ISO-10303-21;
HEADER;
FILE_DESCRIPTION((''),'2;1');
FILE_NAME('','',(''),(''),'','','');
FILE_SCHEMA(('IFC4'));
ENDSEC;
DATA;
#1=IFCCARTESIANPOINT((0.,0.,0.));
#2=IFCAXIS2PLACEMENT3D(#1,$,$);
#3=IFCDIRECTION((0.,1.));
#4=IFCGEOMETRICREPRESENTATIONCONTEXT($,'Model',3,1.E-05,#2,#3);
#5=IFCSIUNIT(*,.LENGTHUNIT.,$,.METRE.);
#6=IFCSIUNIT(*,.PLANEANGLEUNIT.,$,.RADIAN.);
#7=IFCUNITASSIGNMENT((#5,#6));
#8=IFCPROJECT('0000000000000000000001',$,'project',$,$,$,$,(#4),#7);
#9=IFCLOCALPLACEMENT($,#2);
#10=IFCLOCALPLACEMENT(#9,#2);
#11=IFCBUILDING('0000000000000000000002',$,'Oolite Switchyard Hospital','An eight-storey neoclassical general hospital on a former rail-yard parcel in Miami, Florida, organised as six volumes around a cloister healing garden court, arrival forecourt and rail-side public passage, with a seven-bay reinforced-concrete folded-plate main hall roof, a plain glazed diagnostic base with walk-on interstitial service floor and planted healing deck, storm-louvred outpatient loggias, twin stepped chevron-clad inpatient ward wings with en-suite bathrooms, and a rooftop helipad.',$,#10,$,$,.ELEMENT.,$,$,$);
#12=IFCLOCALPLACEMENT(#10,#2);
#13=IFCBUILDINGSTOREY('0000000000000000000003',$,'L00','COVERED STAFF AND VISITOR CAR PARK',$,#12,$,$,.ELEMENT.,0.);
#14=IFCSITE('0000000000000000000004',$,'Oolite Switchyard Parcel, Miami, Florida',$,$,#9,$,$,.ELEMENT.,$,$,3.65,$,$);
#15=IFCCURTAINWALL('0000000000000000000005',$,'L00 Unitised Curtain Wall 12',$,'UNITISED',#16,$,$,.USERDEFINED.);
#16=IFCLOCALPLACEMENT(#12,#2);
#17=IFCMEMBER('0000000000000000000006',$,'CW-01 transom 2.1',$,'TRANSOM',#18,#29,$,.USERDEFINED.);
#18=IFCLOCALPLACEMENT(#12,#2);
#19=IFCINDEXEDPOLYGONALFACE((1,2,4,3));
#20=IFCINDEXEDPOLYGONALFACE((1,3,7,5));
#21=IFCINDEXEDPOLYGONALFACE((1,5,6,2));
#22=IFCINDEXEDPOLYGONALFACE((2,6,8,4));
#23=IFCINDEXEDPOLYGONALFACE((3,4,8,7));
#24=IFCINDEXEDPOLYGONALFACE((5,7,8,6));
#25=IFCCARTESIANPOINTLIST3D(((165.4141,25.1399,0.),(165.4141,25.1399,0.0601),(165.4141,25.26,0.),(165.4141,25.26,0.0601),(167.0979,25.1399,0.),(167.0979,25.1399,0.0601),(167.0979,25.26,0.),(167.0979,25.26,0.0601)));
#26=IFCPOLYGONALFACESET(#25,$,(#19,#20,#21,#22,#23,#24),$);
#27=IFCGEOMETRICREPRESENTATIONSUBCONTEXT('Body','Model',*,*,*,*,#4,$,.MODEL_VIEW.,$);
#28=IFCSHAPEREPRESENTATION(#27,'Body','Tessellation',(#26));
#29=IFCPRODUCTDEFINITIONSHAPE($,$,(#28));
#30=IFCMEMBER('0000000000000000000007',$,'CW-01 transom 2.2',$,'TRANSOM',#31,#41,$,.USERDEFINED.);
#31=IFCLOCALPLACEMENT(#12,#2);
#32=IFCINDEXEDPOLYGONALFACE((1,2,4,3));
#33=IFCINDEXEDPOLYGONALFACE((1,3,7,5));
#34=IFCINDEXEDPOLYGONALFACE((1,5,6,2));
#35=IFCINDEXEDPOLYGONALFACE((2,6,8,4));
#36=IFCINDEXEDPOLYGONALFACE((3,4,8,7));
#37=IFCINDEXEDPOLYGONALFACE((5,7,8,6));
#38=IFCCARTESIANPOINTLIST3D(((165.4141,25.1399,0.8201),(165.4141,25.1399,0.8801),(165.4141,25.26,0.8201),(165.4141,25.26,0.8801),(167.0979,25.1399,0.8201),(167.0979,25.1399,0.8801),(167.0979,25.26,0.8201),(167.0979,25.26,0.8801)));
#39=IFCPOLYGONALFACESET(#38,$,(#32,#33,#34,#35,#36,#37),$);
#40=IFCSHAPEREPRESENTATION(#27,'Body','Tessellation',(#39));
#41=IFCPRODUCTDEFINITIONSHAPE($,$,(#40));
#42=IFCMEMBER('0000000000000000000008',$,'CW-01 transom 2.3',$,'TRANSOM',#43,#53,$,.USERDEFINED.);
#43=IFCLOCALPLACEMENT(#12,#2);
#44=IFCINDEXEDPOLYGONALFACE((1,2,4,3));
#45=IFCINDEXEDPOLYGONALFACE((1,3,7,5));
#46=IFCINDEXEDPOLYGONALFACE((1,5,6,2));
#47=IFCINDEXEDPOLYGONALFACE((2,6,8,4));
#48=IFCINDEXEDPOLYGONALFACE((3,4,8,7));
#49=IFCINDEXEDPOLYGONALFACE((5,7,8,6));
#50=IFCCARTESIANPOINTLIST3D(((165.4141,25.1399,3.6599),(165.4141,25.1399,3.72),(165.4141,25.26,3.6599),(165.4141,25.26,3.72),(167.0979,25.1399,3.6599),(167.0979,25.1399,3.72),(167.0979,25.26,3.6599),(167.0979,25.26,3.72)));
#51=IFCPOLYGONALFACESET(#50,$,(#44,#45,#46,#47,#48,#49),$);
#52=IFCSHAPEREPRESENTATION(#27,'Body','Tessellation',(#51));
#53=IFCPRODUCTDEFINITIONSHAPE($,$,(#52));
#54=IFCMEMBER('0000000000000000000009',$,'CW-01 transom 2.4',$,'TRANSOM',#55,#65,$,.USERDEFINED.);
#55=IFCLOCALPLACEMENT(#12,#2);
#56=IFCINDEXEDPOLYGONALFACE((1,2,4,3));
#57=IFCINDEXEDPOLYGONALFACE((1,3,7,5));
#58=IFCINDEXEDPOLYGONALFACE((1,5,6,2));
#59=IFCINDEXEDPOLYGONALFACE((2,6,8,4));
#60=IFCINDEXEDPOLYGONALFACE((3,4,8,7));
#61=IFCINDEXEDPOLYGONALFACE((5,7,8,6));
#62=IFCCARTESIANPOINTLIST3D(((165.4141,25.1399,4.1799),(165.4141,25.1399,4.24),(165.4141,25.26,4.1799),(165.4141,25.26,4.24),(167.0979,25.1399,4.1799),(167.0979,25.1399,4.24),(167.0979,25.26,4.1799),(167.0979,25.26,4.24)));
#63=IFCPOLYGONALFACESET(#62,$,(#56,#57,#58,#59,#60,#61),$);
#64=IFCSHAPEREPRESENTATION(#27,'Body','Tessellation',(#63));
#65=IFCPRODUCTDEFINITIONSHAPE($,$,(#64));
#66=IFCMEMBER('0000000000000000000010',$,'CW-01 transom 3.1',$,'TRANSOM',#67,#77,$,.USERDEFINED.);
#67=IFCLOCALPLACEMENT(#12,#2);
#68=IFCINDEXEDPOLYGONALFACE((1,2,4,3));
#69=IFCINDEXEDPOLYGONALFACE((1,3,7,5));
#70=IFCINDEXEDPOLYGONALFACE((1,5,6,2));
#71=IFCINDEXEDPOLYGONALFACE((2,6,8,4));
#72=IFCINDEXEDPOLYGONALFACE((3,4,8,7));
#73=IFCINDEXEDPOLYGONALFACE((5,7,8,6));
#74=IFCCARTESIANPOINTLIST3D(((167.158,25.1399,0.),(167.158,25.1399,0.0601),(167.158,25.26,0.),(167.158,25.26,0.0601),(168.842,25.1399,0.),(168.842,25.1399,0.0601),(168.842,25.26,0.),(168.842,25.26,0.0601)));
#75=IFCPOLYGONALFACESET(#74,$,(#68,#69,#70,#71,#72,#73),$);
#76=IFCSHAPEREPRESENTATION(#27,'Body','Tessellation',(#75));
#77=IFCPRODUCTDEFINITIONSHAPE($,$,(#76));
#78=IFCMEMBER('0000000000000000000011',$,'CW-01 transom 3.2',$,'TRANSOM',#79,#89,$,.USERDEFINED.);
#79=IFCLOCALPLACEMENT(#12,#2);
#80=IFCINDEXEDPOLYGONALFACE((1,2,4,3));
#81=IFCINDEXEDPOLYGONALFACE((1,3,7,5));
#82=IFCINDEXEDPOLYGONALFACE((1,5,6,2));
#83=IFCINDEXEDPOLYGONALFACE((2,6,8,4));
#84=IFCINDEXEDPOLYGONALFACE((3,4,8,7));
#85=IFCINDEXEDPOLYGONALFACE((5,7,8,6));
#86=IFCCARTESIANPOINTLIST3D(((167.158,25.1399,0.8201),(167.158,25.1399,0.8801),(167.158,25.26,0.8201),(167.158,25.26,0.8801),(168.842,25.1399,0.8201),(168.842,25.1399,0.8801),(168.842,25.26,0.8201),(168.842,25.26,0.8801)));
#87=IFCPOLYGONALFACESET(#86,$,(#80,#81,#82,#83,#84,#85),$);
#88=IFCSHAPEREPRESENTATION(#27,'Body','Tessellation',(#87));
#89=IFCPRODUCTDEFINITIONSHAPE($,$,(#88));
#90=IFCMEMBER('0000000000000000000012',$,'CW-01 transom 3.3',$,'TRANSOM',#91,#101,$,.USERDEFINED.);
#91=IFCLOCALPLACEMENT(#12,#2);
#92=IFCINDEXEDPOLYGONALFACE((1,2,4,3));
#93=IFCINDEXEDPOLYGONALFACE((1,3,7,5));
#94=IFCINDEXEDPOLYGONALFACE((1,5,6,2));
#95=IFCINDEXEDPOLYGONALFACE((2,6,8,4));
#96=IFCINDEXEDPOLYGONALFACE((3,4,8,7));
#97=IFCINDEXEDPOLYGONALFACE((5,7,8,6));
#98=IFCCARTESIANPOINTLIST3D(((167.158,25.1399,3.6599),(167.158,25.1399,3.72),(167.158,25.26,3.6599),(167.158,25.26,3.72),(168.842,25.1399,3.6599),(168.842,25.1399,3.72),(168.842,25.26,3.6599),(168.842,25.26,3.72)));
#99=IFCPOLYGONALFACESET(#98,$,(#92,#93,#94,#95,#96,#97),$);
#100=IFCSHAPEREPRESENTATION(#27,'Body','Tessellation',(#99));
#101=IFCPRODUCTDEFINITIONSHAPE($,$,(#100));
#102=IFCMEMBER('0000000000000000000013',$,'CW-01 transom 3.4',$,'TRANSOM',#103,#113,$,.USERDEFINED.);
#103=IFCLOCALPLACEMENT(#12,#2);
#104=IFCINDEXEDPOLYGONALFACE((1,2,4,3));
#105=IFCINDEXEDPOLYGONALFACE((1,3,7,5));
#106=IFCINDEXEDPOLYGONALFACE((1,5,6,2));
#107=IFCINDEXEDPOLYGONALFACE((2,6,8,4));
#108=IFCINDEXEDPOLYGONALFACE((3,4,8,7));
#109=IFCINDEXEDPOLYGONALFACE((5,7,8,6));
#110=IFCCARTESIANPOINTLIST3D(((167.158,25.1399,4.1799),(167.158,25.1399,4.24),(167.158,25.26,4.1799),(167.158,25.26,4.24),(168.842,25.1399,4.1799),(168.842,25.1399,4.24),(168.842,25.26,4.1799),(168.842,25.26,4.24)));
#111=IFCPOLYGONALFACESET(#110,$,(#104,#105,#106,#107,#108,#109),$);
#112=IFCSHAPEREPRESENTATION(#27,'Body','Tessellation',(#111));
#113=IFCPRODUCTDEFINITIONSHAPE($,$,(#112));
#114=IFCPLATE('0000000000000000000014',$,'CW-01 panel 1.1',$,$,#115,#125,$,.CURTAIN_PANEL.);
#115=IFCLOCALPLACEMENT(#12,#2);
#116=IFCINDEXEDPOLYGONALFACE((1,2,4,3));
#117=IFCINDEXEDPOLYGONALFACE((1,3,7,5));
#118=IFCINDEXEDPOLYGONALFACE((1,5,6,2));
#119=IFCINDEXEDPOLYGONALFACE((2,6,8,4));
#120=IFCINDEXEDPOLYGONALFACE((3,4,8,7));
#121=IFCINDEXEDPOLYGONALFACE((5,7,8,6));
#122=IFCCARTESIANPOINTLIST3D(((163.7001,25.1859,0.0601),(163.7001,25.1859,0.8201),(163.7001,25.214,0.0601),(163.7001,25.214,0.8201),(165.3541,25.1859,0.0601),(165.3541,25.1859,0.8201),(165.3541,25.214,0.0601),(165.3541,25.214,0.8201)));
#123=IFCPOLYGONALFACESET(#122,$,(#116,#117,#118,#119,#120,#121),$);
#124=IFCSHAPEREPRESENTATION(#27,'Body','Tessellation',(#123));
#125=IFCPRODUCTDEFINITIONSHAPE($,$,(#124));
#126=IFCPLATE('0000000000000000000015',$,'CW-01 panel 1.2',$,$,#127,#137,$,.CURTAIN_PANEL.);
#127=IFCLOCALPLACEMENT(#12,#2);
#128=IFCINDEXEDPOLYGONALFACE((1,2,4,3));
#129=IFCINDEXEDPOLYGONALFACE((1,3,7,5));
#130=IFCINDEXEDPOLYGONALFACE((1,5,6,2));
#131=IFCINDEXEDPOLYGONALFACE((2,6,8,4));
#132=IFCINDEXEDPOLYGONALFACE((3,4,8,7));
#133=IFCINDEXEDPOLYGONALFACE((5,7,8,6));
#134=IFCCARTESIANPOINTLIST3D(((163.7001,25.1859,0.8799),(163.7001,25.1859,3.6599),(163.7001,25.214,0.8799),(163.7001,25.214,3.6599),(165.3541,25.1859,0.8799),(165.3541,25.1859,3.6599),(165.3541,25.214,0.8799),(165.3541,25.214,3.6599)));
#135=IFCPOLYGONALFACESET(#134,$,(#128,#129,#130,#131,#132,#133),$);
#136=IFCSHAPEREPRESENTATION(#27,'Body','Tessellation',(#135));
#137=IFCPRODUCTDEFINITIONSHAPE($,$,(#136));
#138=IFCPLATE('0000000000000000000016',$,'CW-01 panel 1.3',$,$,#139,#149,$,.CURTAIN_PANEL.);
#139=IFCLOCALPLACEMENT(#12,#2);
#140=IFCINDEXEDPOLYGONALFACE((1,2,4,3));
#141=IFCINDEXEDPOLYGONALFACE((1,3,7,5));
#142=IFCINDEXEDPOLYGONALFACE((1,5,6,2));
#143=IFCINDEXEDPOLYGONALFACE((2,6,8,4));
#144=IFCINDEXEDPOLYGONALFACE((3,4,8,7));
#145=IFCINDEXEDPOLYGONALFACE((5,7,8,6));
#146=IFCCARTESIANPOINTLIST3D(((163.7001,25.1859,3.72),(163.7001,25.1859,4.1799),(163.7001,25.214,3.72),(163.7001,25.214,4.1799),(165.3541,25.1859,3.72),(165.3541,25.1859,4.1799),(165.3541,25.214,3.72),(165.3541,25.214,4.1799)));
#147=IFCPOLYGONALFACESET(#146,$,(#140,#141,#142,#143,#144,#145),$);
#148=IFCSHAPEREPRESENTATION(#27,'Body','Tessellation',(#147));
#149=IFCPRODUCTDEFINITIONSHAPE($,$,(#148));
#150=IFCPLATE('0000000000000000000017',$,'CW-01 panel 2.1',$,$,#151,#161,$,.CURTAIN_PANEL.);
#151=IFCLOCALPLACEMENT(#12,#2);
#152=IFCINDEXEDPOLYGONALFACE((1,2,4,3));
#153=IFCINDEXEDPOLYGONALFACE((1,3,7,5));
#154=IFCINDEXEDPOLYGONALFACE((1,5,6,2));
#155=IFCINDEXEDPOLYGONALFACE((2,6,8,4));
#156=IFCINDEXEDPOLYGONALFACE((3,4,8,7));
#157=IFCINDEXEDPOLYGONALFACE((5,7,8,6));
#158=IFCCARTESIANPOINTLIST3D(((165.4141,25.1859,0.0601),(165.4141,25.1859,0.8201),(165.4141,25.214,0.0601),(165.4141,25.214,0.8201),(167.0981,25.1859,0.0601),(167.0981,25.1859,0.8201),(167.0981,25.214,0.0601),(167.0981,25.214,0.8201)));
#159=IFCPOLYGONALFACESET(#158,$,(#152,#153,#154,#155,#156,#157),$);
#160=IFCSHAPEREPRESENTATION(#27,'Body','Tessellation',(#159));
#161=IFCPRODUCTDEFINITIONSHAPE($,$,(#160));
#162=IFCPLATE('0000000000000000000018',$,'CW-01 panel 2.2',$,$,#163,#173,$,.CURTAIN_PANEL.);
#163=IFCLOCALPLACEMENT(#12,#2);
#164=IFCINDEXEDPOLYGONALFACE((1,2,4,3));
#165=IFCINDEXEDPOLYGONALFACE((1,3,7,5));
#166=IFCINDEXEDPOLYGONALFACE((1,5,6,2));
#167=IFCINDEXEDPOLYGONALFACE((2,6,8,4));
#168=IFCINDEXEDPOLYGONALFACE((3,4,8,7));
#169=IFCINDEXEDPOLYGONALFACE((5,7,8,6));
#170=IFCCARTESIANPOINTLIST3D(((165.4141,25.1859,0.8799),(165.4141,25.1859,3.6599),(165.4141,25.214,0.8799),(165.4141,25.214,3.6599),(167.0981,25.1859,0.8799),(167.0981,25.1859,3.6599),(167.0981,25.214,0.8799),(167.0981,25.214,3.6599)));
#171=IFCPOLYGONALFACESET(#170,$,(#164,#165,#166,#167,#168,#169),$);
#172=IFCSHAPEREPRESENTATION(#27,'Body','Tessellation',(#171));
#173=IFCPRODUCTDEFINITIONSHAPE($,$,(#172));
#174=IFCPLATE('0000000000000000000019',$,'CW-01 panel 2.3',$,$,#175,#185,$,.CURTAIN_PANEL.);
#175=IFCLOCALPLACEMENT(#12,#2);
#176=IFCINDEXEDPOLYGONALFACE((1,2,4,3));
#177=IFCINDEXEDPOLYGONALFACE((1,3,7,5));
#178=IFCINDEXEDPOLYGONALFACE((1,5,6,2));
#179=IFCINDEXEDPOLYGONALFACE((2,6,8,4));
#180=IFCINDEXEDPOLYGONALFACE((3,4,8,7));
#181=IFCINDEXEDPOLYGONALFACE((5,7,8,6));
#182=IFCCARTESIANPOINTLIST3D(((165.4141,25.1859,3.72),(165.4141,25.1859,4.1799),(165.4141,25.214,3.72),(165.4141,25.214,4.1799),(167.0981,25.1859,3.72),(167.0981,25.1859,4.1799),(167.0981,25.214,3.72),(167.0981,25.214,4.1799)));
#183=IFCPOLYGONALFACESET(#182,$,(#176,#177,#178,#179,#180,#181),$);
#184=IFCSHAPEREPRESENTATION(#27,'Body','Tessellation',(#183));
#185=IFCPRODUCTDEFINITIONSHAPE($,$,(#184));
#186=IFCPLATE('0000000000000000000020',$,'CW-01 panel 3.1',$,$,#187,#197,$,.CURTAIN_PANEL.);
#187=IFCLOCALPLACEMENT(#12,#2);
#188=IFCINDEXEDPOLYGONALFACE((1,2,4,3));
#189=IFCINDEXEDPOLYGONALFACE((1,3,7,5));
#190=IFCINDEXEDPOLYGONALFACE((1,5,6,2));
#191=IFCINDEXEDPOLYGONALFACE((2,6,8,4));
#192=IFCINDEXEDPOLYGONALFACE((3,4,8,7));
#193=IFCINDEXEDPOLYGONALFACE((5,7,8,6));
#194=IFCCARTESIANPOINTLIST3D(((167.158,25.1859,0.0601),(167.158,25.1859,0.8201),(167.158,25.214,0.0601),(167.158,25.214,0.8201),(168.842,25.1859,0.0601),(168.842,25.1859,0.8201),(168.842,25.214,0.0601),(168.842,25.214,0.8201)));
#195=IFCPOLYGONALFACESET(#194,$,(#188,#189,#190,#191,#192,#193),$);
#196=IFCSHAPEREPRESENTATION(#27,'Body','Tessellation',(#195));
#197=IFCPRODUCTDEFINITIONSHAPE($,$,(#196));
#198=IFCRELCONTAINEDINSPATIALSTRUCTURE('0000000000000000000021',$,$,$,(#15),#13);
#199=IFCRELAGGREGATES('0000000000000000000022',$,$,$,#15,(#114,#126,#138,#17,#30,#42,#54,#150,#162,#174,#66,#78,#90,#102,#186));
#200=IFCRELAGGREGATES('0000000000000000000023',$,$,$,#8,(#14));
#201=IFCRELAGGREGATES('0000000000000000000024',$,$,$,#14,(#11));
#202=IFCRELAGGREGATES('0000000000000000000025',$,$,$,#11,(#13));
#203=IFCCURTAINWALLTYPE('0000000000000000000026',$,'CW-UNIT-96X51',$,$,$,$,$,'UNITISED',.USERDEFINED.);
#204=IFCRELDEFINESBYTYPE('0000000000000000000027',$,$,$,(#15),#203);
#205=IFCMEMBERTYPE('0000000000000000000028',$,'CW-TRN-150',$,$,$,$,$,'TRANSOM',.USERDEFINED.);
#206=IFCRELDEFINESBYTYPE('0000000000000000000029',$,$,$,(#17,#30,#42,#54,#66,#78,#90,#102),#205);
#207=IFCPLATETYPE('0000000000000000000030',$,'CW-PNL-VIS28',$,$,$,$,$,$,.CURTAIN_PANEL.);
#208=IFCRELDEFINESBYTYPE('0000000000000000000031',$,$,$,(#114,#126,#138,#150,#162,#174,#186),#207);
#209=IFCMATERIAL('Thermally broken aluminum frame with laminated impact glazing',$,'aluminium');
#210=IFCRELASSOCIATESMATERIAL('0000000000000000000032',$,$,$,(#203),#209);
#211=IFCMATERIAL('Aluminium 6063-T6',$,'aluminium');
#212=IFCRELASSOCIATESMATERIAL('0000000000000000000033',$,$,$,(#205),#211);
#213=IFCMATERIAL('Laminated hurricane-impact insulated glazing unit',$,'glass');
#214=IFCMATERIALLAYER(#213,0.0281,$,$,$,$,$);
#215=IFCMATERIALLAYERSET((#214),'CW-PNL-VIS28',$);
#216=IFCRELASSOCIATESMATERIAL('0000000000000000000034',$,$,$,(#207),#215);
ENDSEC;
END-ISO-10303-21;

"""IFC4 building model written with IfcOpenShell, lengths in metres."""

from ifc_helpers import new_model, si_unit, direction, frame, origin, origin_2d, place, context, subcontext, project, spatial, rectangle, extrude, material, layer, layer_set, material_profile, profile_set, type_object, element, aggregate, save


model = new_model("IFC4")

# Units and contexts
model_context = context("Model", 3, precision=1e-05, world=origin(), true_north=direction((0.0, 1.0)))
body_context = subcontext(model_context, "Body", "Model", "MODEL_VIEW")
ifc_project = project(units=[si_unit("LENGTHUNIT", "METRE"), si_unit("PLANEANGLEUNIT", "RADIAN")], contexts=[model_context])

# Site, building, storey
site_placement = place(None, origin())
site = spatial("IfcSite", under=ifc_project, at=site_placement, Name="Oolite Switchyard Parcel, Miami, Florida", CompositionType="ELEMENT", RefElevation=3.65)
building_placement = place(site_placement, origin())
building = spatial("IfcBuilding", under=site, at=building_placement, Name="Oolite Switchyard Hospital", Description="An eight-storey neoclassical general hospital on a former rail-yard parcel in Miami, Florida, organised as six volumes around a cloister healing garden court, arrival forecourt and rail-side public passage, with a seven-bay reinforced-concrete folded-plate main hall roof, a plain glazed diagnostic base with walk-on interstitial service floor and planted healing deck, storm-louvred outpatient loggias, twin stepped chevron-clad inpatient ward wings with en-suite bathrooms, and a rooftop helipad.", CompositionType="ELEMENT")
storey_placement = place(building_placement, origin())
storey = spatial("IfcBuildingStorey", under=building, at=storey_placement, Name="L00", Description="COVERED STAFF AND VISITOR CAR PARK", CompositionType="ELEMENT", Elevation=0.0)

# Curtain wall, members, plates
ifc_material_1 = material(Name="Thermally broken aluminum frame with laminated impact glazing", Category="aluminium")
curtain_wall_type = type_object("IfcCurtainWallType", Name="CW-UNIT-96X51", ElementType="UNITISED", PredefinedType="USERDEFINED", material=ifc_material_1)
curtain_wall_placement = place(storey_placement, origin())
curtain_wall = element("IfcCurtainWall", 1, at=curtain_wall_placement, inside=storey, type_object=curtain_wall_type, Name="L00 Unitised Curtain Wall 12", ObjectType="UNITISED", PredefinedType="USERDEFINED")
ifc_material_2 = material(Name="Aluminium 6063-T6", Category="aluminium")
ifc_material_profile_1 = material_profile(ifc_material_2, rectangle(XDim=0.1201, YDim=0.0601, at=origin_2d()), Name="CWT60X120")
ifc_profile_set_1 = profile_set([ifc_material_profile_1], Name="Aluminium 6063-T6")
member_type_1 = type_object("IfcMemberType", Name="CW-TRN-150", ElementType="TRANSOM", PredefinedType="USERDEFINED", material=ifc_profile_set_1)
member_1_placement = place(storey_placement, frame((165.4141, 25.2, 0.03), z_axis=(1.0, 0.0, 0.0), x_axis=(0.0, 1.0, 0.0)))
member_1 = element("IfcMember", 2, at=member_1_placement, type_object=member_type_1, Name="CW-01 transom 2.1", ObjectType="TRANSOM", PredefinedType="USERDEFINED", context=body_context, shape_type="SweptSolid", body=[
    extrude(rectangle(XDim=0.1201, YDim=0.0601, at=origin_2d()), origin(), (0.0, 0.0, 1.0), 1.6838),
])
member_2_placement = place(storey_placement, frame((165.4141, 25.2, 0.8501), z_axis=(1.0, 0.0, 0.0), x_axis=(0.0, 1.0, 0.0)))
member_2 = element("IfcMember", 3, at=member_2_placement, type_object=member_type_1, Name="CW-01 transom 2.2", ObjectType="TRANSOM", PredefinedType="USERDEFINED", context=body_context, shape_type="SweptSolid", body=[
    extrude(rectangle(XDim=0.1201, YDim=0.0601, at=origin_2d()), origin(), (0.0, 0.0, 1.0), 1.6838),
])
member_3_placement = place(storey_placement, frame((165.4141, 25.2, 3.6899), z_axis=(1.0, 0.0, 0.0), x_axis=(0.0, 1.0, 0.0)))
member_3 = element("IfcMember", 4, at=member_3_placement, type_object=member_type_1, Name="CW-01 transom 2.3", ObjectType="TRANSOM", PredefinedType="USERDEFINED", context=body_context, shape_type="SweptSolid", body=[
    extrude(rectangle(XDim=0.1201, YDim=0.0601, at=origin_2d()), origin(), (0.0, 0.0, 1.0), 1.6838),
])
member_4_placement = place(storey_placement, frame((165.4141, 25.2, 4.21), z_axis=(1.0, 0.0, 0.0), x_axis=(0.0, 1.0, 0.0)))
member_4 = element("IfcMember", 5, at=member_4_placement, type_object=member_type_1, Name="CW-01 transom 2.4", ObjectType="TRANSOM", PredefinedType="USERDEFINED", context=body_context, shape_type="SweptSolid", body=[
    extrude(rectangle(XDim=0.1201, YDim=0.0601, at=origin_2d()), origin(), (0.0, 0.0, 1.0), 1.6838),
])
member_5_placement = place(storey_placement, frame((167.158, 25.2, 0.03), z_axis=(1.0, 0.0, 0.0), x_axis=(0.0, 1.0, 0.0)))
member_5 = element("IfcMember", 6, at=member_5_placement, type_object=member_type_1, Name="CW-01 transom 3.1", ObjectType="TRANSOM", PredefinedType="USERDEFINED", context=body_context, shape_type="SweptSolid", body=[
    extrude(rectangle(XDim=0.1201, YDim=0.0601, at=origin_2d()), origin(), (0.0, 0.0, 1.0), 1.6841),
])
member_6_placement = place(storey_placement, frame((167.158, 25.2, 0.8501), z_axis=(1.0, 0.0, 0.0), x_axis=(0.0, 1.0, 0.0)))
member_6 = element("IfcMember", 7, at=member_6_placement, type_object=member_type_1, Name="CW-01 transom 3.2", ObjectType="TRANSOM", PredefinedType="USERDEFINED", context=body_context, shape_type="SweptSolid", body=[
    extrude(rectangle(XDim=0.1201, YDim=0.0601, at=origin_2d()), origin(), (0.0, 0.0, 1.0), 1.6841),
])
member_7_placement = place(storey_placement, frame((167.158, 25.2, 3.6899), z_axis=(1.0, 0.0, 0.0), x_axis=(0.0, 1.0, 0.0)))
member_7 = element("IfcMember", 8, at=member_7_placement, type_object=member_type_1, Name="CW-01 transom 3.3", ObjectType="TRANSOM", PredefinedType="USERDEFINED", context=body_context, shape_type="SweptSolid", body=[
    extrude(rectangle(XDim=0.1201, YDim=0.0601, at=origin_2d()), origin(), (0.0, 0.0, 1.0), 1.6841),
])
member_8_placement = place(storey_placement, frame((167.158, 25.2, 4.21), z_axis=(1.0, 0.0, 0.0), x_axis=(0.0, 1.0, 0.0)))
member_8 = element("IfcMember", 9, at=member_8_placement, type_object=member_type_1, Name="CW-01 transom 3.4", ObjectType="TRANSOM", PredefinedType="USERDEFINED", context=body_context, shape_type="SweptSolid", body=[
    extrude(rectangle(XDim=0.1201, YDim=0.0601, at=origin_2d()), origin(), (0.0, 0.0, 1.0), 1.6841),
])
ifc_material_3 = material(Name="Laminated hurricane-impact insulated glazing unit", Category="glass")
ifc_layer = layer(ifc_material_3, 0.0281)
ifc_layer_set = layer_set([ifc_layer], Name="CW-PNL-VIS28")
plate_type = type_object("IfcPlateType", Name="CW-PNL-VIS28", PredefinedType="CURTAIN_PANEL", material=ifc_layer_set)
plate_1_placement = place(storey_placement, frame((164.5271, 25.2, 0.0601), z_axis=(0.0, 0.0, 1.0), x_axis=(1.0, 0.0, 0.0)))
plate_1 = element("IfcPlate", 10, at=plate_1_placement, type_object=plate_type, Name="CW-01 panel 1.1", PredefinedType="CURTAIN_PANEL", context=body_context, shape_type="SweptSolid", body=[
    extrude(rectangle(XDim=1.6541, YDim=0.0281, at=origin_2d()), origin(), (0.0, 0.0, 1.0), 0.76),
])
plate_2_placement = place(storey_placement, frame((164.5271, 25.2, 0.8799), z_axis=(0.0, 0.0, 1.0), x_axis=(1.0, 0.0, 0.0)))
plate_2 = element("IfcPlate", 11, at=plate_2_placement, type_object=plate_type, Name="CW-01 panel 1.2", PredefinedType="CURTAIN_PANEL", context=body_context, shape_type="SweptSolid", body=[
    extrude(rectangle(XDim=1.6541, YDim=0.0281, at=origin_2d()), origin(), (0.0, 0.0, 1.0), 2.78),
])
plate_3_placement = place(storey_placement, frame((164.5271, 25.2, 3.72), z_axis=(0.0, 0.0, 1.0), x_axis=(1.0, 0.0, 0.0)))
plate_3 = element("IfcPlate", 12, at=plate_3_placement, type_object=plate_type, Name="CW-01 panel 1.3", PredefinedType="CURTAIN_PANEL", context=body_context, shape_type="SweptSolid", body=[
    extrude(rectangle(XDim=1.6541, YDim=0.0281, at=origin_2d()), origin(), (0.0, 0.0, 1.0), 0.46),
])
plate_4_placement = place(storey_placement, frame((166.2561, 25.2, 0.0601), z_axis=(0.0, 0.0, 1.0), x_axis=(1.0, 0.0, 0.0)))
plate_4 = element("IfcPlate", 13, at=plate_4_placement, type_object=plate_type, Name="CW-01 panel 2.1", PredefinedType="CURTAIN_PANEL", context=body_context, shape_type="SweptSolid", body=[
    extrude(rectangle(XDim=1.6841, YDim=0.0281, at=origin_2d()), origin(), (0.0, 0.0, 1.0), 0.76),
])
plate_5_placement = place(storey_placement, frame((166.2561, 25.2, 0.8799), z_axis=(0.0, 0.0, 1.0), x_axis=(1.0, 0.0, 0.0)))
plate_5 = element("IfcPlate", 14, at=plate_5_placement, type_object=plate_type, Name="CW-01 panel 2.2", PredefinedType="CURTAIN_PANEL", context=body_context, shape_type="SweptSolid", body=[
    extrude(rectangle(XDim=1.6841, YDim=0.0281, at=origin_2d()), origin(), (0.0, 0.0, 1.0), 2.78),
])
plate_6_placement = place(storey_placement, frame((166.2561, 25.2, 3.72), z_axis=(0.0, 0.0, 1.0), x_axis=(1.0, 0.0, 0.0)))
plate_6 = element("IfcPlate", 15, at=plate_6_placement, type_object=plate_type, Name="CW-01 panel 2.3", PredefinedType="CURTAIN_PANEL", context=body_context, shape_type="SweptSolid", body=[
    extrude(rectangle(XDim=1.6841, YDim=0.0281, at=origin_2d()), origin(), (0.0, 0.0, 1.0), 0.46),
])
plate_7_placement = place(storey_placement, frame((168.0, 25.2, 0.0601), z_axis=(0.0, 0.0, 1.0), x_axis=(1.0, 0.0, 0.0)))
plate_7 = element("IfcPlate", 16, at=plate_7_placement, type_object=plate_type, Name="CW-01 panel 3.1", PredefinedType="CURTAIN_PANEL", context=body_context, shape_type="SweptSolid", body=[
    extrude(rectangle(XDim=1.6841, YDim=0.0281, at=origin_2d()), origin(), (0.0, 0.0, 1.0), 0.76),
])
aggregate(curtain_wall, [plate_1, plate_2, plate_3, member_1, member_2, member_3, member_4, plate_4, plate_5, plate_6, member_5, member_6, member_7, member_8, plate_7])

save(model, "model.ifc")
